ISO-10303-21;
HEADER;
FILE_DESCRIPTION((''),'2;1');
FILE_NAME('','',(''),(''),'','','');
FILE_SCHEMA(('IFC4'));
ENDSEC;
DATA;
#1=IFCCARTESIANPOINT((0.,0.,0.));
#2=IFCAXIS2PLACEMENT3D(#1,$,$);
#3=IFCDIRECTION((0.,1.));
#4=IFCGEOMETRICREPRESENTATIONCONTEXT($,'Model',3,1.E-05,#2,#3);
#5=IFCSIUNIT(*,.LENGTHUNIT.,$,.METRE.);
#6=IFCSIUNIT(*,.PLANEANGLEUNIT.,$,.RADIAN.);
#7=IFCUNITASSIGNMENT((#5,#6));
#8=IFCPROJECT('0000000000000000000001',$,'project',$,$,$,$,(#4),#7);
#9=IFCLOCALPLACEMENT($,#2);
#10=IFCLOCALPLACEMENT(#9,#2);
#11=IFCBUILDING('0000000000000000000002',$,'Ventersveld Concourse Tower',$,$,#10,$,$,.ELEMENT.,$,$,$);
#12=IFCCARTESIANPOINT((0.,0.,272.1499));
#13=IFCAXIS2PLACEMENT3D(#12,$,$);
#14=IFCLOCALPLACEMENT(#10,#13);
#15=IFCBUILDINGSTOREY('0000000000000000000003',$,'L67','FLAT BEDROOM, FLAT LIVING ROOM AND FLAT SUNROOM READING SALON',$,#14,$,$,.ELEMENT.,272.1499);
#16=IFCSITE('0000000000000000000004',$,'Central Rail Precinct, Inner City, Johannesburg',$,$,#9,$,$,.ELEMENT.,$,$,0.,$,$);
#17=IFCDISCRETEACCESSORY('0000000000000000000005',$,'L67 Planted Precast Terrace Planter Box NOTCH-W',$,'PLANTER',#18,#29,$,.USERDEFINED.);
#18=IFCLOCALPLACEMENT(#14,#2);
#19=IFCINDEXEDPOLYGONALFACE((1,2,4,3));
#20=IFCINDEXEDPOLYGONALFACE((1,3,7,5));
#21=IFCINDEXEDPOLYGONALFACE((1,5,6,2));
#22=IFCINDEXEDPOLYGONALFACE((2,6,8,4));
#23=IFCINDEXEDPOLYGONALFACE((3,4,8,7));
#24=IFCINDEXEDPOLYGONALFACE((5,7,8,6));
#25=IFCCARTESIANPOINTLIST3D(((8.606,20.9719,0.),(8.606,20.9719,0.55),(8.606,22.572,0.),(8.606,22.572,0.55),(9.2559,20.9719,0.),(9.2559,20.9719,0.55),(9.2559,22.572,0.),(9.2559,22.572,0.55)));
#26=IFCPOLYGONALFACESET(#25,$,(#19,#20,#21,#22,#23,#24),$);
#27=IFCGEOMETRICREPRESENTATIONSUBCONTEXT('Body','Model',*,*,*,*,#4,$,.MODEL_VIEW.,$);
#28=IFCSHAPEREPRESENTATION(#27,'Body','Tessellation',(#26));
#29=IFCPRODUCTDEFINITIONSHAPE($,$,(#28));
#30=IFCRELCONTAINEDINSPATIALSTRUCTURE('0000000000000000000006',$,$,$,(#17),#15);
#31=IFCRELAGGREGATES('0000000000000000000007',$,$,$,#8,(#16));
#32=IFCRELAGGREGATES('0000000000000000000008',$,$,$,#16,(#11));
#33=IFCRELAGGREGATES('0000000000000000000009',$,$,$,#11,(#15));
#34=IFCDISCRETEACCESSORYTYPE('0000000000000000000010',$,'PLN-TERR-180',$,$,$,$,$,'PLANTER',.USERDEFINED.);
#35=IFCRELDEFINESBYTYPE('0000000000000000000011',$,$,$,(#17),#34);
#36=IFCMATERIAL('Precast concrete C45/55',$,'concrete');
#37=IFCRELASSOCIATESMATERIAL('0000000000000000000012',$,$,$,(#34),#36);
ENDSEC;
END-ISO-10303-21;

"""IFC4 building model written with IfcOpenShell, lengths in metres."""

from ifc_helpers import new_model, si_unit, direction, frame, origin, origin_2d, place, context, subcontext, project, spatial, rectangle, extrude, material, type_object, element, save


model = new_model("IFC4")

# Units and contexts
model_context = context("Model", 3, precision=1e-05, world=origin(), true_north=direction((0.0, 1.0)))
body_context = subcontext(model_context, "Body", "Model", "MODEL_VIEW")
ifc_project = project(units=[si_unit("LENGTHUNIT", "METRE"), si_unit("PLANEANGLEUNIT", "RADIAN")], contexts=[model_context])

# Site, building, storey
site_placement = place(None, origin())
site = spatial("IfcSite", under=ifc_project, at=site_placement, Name="Central Rail Precinct, Inner City, Johannesburg", CompositionType="ELEMENT", RefElevation=0.0)
building_placement = place(site_placement, origin())
building = spatial("IfcBuilding", under=site, at=building_placement, Name="Ventersveld Concourse Tower", CompositionType="ELEMENT")
storey_placement = place(building_placement, frame((0.0, 0.0, 272.1499)))
storey = spatial("IfcBuildingStorey", under=building, at=storey_placement, Name="L67", Description="FLAT BEDROOM, FLAT LIVING ROOM AND FLAT SUNROOM READING SALON", CompositionType="ELEMENT", Elevation=272.1499)

# Shared definitions
ifc_material_1 = material(Name="Precast concrete C45/55", Category="concrete")

# Discrete accessory
discrete_accessory_type = type_object("IfcDiscreteAccessoryType", Name="PLN-TERR-180", ElementType="PLANTER", PredefinedType="USERDEFINED", material=ifc_material_1)
discrete_accessory_placement = place(storey_placement, frame((8.9309, 21.772, 0.0), z_axis=(0.0, 0.0, 1.0), x_axis=(0.0, 1.0, 0.0)))
element("IfcDiscreteAccessory", 1, at=discrete_accessory_placement, inside=storey, type_object=discrete_accessory_type, Name="L67 Planted Precast Terrace Planter Box NOTCH-W", ObjectType="PLANTER", PredefinedType="USERDEFINED", context=body_context, shape_type="SweptSolid", body=[
    extrude(rectangle(XDim=1.6001, YDim=0.6499, at=origin_2d()), origin(), (0.0, 0.0, 1.0), 0.55),
])

save(model, "model.ifc")
